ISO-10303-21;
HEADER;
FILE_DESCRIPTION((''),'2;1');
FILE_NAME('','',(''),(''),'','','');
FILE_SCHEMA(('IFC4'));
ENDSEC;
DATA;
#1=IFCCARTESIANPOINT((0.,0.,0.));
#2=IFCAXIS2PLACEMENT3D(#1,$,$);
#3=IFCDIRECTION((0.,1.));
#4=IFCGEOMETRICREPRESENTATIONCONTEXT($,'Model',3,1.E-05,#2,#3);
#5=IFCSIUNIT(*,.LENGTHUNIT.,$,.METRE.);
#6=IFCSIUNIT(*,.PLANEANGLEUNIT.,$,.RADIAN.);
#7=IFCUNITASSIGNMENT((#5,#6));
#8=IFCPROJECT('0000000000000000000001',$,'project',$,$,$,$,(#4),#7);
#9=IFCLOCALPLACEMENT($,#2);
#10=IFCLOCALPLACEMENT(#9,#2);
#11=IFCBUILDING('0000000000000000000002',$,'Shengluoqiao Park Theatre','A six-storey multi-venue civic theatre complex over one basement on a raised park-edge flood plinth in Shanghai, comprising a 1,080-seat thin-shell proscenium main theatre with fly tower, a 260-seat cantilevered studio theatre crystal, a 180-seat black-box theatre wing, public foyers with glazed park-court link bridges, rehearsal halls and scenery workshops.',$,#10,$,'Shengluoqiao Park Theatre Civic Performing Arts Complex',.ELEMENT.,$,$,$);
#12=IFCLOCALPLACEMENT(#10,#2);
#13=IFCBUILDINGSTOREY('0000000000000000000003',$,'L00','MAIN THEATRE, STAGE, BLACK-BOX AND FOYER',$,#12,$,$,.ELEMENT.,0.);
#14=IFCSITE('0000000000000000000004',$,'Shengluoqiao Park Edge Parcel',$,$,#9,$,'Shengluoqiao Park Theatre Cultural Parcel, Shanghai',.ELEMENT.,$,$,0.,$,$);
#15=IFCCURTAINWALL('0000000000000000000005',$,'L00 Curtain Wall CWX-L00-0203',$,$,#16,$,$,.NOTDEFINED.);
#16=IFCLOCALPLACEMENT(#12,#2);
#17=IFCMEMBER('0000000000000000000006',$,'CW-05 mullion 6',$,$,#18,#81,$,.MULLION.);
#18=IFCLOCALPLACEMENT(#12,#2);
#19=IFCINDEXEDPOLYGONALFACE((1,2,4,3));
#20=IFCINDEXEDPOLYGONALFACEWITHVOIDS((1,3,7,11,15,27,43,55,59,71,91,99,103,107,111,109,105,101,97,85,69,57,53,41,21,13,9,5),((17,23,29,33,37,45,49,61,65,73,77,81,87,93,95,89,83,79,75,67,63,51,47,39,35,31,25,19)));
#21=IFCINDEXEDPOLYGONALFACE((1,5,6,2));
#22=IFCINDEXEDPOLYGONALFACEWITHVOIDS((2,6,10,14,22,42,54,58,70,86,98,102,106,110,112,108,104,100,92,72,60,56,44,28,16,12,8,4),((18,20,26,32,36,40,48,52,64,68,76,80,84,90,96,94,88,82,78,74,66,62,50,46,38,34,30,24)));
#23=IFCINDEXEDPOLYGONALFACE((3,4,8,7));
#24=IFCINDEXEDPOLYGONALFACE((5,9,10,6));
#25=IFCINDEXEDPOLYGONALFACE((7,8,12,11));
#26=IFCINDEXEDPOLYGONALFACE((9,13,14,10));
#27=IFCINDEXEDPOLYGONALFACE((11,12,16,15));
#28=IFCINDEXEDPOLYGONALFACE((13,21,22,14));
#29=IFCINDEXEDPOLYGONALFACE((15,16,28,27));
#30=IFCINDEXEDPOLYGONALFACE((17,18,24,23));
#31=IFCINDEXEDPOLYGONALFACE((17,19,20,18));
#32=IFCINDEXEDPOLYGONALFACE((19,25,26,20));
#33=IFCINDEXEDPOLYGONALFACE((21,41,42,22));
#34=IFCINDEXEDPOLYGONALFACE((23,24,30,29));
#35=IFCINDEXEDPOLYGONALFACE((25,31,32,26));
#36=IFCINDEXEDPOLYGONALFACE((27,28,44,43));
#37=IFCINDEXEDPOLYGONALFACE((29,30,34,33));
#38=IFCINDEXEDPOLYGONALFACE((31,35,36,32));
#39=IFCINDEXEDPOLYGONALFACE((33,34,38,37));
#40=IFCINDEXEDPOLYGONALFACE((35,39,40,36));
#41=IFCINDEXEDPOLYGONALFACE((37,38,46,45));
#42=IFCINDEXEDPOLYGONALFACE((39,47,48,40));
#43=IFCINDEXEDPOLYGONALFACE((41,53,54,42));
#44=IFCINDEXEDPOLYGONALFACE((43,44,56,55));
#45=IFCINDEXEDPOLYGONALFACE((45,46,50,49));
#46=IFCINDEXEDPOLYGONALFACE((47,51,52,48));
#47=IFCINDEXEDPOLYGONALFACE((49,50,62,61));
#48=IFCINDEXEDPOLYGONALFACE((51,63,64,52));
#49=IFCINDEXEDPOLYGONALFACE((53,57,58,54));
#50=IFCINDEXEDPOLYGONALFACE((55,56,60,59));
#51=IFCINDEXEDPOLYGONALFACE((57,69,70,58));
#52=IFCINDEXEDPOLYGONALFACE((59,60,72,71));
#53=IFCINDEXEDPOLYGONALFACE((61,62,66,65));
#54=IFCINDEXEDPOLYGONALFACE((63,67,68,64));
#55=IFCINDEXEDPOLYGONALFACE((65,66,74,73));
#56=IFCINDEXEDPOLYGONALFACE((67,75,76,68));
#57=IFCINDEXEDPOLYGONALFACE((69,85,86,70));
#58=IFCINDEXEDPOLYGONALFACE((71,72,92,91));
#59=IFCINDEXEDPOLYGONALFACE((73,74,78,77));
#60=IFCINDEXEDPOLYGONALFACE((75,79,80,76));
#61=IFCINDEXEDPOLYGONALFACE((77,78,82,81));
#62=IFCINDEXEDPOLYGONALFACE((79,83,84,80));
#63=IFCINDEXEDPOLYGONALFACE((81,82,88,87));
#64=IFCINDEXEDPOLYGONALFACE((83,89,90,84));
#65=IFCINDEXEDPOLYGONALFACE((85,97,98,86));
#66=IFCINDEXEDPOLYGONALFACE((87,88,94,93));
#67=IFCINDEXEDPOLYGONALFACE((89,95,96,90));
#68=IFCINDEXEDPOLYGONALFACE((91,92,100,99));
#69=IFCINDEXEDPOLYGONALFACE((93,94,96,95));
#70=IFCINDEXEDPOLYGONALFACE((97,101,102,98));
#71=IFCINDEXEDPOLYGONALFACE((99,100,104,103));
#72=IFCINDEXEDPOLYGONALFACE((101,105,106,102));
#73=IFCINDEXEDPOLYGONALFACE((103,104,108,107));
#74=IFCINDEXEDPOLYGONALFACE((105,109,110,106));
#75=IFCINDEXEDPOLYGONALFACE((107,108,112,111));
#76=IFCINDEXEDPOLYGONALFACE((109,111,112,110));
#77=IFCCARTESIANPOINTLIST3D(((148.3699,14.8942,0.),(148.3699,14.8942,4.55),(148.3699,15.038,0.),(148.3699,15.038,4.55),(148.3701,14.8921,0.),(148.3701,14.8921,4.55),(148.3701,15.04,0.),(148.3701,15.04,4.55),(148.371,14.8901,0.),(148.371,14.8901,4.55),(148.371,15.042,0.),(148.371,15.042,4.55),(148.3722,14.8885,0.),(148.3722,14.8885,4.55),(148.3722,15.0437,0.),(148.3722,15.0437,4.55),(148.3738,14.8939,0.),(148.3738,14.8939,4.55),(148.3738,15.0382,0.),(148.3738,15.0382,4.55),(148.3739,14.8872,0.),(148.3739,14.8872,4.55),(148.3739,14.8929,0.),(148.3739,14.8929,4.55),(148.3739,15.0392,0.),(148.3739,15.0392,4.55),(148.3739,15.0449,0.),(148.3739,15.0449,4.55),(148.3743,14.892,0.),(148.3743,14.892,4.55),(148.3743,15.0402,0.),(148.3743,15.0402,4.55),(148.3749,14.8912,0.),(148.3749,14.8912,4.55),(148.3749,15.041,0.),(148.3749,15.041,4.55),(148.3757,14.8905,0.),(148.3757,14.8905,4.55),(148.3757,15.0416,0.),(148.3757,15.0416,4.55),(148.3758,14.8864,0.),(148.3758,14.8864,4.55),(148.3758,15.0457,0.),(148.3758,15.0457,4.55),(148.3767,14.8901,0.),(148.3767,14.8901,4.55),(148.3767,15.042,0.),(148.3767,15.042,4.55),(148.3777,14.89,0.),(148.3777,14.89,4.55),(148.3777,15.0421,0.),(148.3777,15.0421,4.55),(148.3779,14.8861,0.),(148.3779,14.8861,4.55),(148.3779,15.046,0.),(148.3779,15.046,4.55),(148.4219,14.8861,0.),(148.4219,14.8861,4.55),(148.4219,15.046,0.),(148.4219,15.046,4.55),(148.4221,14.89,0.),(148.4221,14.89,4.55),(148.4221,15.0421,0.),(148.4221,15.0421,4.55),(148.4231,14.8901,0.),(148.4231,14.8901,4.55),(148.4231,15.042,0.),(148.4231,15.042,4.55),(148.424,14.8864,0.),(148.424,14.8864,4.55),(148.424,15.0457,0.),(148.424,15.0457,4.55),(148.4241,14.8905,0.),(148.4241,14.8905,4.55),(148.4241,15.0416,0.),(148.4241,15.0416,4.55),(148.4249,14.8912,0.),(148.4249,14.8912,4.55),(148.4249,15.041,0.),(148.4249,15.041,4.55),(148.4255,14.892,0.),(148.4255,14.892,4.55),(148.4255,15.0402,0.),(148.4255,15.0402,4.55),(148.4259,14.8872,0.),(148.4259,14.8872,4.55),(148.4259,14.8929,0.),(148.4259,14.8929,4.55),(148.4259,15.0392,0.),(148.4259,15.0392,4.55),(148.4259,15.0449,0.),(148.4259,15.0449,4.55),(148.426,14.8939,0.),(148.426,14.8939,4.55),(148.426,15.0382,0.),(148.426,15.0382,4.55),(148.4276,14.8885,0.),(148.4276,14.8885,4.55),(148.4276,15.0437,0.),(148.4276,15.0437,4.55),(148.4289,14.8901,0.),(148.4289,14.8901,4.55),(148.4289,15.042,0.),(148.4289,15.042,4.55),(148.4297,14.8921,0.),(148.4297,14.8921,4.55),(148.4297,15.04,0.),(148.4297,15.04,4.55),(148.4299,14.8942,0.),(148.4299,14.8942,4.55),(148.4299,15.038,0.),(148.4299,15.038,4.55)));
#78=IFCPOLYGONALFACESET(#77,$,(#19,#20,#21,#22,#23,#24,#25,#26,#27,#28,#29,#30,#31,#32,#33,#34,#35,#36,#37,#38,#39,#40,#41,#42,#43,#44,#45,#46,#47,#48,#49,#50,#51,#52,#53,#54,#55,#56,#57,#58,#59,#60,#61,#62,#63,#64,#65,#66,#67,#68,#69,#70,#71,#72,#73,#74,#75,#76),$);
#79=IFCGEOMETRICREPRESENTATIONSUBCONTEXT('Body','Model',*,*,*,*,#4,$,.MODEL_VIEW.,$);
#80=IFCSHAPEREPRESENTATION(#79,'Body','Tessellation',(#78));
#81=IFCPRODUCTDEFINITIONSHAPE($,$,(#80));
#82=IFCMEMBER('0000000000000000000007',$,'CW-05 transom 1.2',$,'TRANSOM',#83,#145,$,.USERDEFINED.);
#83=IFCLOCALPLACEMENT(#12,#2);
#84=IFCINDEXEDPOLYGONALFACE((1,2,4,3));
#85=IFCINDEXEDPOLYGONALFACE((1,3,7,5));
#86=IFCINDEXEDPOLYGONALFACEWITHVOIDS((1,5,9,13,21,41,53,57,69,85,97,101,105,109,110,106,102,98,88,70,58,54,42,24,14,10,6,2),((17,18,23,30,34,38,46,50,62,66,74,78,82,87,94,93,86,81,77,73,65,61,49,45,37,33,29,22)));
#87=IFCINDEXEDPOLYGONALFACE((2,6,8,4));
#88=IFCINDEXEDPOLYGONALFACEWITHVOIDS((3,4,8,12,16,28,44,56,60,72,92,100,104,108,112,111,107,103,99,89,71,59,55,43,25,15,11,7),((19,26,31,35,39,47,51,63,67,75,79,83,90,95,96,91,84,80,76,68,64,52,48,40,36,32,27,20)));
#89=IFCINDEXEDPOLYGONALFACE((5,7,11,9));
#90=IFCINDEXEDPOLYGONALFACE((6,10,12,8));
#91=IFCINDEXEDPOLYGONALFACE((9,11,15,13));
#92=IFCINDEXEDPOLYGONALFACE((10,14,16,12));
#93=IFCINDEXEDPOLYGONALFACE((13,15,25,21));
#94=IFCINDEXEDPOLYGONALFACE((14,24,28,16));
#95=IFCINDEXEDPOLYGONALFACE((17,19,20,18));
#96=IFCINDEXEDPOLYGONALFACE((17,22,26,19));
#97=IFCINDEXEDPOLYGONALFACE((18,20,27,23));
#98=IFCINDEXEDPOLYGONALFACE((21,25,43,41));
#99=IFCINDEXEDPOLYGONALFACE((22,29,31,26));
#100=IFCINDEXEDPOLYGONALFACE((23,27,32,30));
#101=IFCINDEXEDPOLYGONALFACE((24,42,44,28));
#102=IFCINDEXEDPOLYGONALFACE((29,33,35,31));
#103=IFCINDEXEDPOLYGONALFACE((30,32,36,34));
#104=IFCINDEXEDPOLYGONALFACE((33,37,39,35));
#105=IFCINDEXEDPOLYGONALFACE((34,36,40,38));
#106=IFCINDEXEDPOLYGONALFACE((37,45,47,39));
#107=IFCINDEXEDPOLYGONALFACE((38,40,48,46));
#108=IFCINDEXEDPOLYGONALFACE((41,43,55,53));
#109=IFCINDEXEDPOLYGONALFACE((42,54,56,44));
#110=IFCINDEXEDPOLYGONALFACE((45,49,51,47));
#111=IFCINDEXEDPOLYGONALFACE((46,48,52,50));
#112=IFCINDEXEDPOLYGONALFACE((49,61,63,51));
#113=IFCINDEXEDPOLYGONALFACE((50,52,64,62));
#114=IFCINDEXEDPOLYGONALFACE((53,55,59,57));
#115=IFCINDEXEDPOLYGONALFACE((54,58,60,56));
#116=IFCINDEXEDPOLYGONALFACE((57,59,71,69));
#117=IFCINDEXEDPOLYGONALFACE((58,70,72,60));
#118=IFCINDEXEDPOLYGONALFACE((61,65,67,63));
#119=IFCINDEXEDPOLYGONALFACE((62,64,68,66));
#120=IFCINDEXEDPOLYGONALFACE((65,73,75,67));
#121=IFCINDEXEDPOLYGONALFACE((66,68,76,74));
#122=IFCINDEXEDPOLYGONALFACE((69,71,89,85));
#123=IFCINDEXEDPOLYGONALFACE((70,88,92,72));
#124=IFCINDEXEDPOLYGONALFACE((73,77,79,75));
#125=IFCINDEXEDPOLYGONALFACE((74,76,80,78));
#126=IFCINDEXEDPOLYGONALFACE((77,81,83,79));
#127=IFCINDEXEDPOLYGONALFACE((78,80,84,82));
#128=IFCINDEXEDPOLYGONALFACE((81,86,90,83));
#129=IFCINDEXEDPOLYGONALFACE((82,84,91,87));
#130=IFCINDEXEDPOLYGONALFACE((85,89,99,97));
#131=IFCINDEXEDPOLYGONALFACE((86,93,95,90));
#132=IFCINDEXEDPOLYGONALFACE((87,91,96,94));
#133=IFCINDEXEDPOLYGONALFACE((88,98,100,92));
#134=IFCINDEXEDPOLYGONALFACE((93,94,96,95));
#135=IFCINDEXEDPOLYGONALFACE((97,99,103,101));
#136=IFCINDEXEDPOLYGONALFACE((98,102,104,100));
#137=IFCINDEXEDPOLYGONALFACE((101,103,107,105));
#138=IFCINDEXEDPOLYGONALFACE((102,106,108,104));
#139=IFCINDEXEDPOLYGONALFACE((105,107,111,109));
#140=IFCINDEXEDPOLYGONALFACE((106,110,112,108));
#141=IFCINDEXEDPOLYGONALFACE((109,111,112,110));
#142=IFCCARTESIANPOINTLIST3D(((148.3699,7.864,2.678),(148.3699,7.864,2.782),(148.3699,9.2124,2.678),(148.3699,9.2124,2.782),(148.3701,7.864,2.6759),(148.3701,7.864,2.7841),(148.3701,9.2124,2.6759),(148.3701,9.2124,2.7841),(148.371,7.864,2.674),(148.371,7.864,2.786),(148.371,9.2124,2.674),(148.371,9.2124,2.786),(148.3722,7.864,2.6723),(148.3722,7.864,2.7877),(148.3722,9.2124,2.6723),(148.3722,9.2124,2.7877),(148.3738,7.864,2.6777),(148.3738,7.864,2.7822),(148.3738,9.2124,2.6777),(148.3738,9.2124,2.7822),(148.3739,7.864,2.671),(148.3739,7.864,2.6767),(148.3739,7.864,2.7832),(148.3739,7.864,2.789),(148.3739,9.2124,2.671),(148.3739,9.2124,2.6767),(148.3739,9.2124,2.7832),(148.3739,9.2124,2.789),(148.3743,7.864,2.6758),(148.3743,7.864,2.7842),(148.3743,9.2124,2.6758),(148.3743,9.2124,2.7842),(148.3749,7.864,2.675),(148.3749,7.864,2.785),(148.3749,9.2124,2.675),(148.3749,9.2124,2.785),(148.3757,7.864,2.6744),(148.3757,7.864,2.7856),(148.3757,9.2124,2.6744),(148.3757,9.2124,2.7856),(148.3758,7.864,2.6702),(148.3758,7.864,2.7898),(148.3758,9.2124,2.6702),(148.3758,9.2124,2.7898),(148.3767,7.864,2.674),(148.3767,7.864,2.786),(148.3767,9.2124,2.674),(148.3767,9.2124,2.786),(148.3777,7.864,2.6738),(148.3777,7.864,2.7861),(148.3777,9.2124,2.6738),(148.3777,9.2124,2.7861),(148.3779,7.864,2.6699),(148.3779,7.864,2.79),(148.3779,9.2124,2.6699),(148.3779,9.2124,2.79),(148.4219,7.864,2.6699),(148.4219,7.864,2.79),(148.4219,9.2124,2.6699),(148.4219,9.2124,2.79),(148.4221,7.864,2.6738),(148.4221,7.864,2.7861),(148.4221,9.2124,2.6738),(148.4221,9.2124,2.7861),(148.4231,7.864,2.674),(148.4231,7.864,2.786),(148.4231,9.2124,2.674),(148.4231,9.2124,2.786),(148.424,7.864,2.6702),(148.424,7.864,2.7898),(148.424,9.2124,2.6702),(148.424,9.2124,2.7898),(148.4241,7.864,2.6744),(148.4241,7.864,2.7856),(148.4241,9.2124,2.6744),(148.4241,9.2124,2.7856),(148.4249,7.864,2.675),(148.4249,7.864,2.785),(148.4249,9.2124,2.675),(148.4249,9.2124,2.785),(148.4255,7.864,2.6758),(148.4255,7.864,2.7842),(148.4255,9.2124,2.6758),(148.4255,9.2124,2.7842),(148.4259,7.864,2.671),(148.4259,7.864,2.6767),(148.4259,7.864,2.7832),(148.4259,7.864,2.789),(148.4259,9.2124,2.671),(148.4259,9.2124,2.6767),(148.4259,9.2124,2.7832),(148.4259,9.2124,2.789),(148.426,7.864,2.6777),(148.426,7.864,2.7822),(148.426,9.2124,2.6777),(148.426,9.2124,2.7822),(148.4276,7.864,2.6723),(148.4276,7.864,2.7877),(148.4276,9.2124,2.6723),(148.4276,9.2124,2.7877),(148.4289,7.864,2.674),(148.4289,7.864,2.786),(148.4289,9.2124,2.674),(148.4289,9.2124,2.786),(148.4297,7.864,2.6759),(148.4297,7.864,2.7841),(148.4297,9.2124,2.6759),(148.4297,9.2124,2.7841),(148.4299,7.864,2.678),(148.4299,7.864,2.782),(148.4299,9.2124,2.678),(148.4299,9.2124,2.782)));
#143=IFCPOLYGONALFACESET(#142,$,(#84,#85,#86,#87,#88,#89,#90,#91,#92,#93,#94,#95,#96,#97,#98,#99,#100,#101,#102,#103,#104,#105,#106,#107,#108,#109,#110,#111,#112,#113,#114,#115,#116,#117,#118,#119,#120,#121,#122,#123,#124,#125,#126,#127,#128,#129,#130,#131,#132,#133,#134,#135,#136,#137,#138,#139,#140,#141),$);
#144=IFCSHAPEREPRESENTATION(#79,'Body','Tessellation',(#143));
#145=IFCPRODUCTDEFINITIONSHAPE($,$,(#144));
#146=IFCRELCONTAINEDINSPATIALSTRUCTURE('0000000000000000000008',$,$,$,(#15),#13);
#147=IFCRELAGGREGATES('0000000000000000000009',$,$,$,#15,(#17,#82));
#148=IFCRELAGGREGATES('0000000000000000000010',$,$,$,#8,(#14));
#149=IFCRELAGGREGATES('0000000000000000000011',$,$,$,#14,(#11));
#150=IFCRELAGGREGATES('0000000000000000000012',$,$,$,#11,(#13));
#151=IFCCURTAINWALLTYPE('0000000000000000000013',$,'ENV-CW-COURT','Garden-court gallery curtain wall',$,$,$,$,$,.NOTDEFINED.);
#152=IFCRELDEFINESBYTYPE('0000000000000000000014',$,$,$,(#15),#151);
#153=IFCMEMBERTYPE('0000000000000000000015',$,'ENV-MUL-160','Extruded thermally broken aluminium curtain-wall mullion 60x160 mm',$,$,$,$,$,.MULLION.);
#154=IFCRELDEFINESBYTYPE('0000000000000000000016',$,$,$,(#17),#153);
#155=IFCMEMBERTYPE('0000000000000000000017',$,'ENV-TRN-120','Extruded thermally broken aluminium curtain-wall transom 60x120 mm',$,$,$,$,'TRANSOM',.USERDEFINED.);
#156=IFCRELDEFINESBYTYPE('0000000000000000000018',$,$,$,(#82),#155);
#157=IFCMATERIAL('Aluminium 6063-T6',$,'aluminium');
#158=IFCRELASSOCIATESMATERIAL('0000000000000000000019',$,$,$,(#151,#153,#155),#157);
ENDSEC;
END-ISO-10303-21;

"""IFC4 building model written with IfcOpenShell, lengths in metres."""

from ifc_helpers import new_model, si_unit, direction, frame, origin, origin_2d, place, context, subcontext, project, spatial, hollow_rectangle, extrude, material, material_profile, profile_set, type_object, element, aggregate, save


model = new_model("IFC4")

# Units and contexts
model_context = context("Model", 3, precision=1e-05, world=origin(), true_north=direction((0.0, 1.0)))
body_context = subcontext(model_context, "Body", "Model", "MODEL_VIEW")
ifc_project = project(units=[si_unit("LENGTHUNIT", "METRE"), si_unit("PLANEANGLEUNIT", "RADIAN")], contexts=[model_context])

# Site, building, storey
site_placement = place(None, origin())
site = spatial("IfcSite", under=ifc_project, at=site_placement, Name="Shengluoqiao Park Edge Parcel", LongName="Shengluoqiao Park Theatre Cultural Parcel, Shanghai", CompositionType="ELEMENT", RefElevation=0.0)
building_placement = place(site_placement, origin())
building = spatial("IfcBuilding", under=site, at=building_placement, Name="Shengluoqiao Park Theatre", Description="A six-storey multi-venue civic theatre complex over one basement on a raised park-edge flood plinth in Shanghai, comprising a 1,080-seat thin-shell proscenium main theatre with fly tower, a 260-seat cantilevered studio theatre crystal, a 180-seat black-box theatre wing, public foyers with glazed park-court link bridges, rehearsal halls and scenery workshops.", LongName="Shengluoqiao Park Theatre Civic Performing Arts Complex", CompositionType="ELEMENT")
storey_placement = place(building_placement, origin())
storey = spatial("IfcBuildingStorey", under=building, at=storey_placement, Name="L00", Description="MAIN THEATRE, STAGE, BLACK-BOX AND FOYER", CompositionType="ELEMENT", Elevation=0.0)

# Curtain wall, members
ifc_material_1 = material(Name="Aluminium 6063-T6", Category="aluminium")
curtain_wall_type = type_object("IfcCurtainWallType", Name="ENV-CW-COURT", Description="Garden-court gallery curtain wall", PredefinedType="NOTDEFINED", material=ifc_material_1)
curtain_wall_placement = place(storey_placement, origin())
curtain_wall = element("IfcCurtainWall", 1, at=curtain_wall_placement, inside=storey, type_object=curtain_wall_type, Name="L00 Curtain Wall CWX-L00-0203", PredefinedType="NOTDEFINED")
ifc_material_profile_1 = material_profile(ifc_material_1, hollow_rectangle(XDim=0.0601, YDim=0.1599, WallThickness=0.0039, InnerFilletRadius=0.0039, OuterFilletRadius=0.0081, at=origin_2d()), Name="ALU MULLION 160x60x4")
ifc_profile_set_1 = profile_set([ifc_material_profile_1], Name="Aluminium 6063-T6")
member_type_1 = type_object("IfcMemberType", Name="ENV-MUL-160", Description="Extruded thermally broken aluminium curtain-wall mullion 60x160 mm", PredefinedType="MULLION", material=ifc_profile_set_1)
member_1_placement = place(storey_placement, frame((148.3999, 14.9661, 0.0), z_axis=(0.0, 0.0, 1.0), x_axis=(-1.0, 0.0, 0.0)))
member_1 = element("IfcMember", 2, at=member_1_placement, type_object=member_type_1, Name="CW-05 mullion 6", PredefinedType="MULLION", context=body_context, shape_type="SweptSolid", body=[
    extrude(hollow_rectangle(XDim=0.0601, YDim=0.1599, WallThickness=0.0039, InnerFilletRadius=0.0039, OuterFilletRadius=0.0081, at=origin_2d()), origin(), (0.0, 0.0, 1.0), 4.55),
])
ifc_material_profile_2 = material_profile(ifc_material_1, hollow_rectangle(XDim=0.0601, YDim=0.1201, WallThickness=0.0039, InnerFilletRadius=0.0039, OuterFilletRadius=0.0081, at=origin_2d()), Name="ALU TRANSOM 120x60x4")
ifc_profile_set_2 = profile_set([ifc_material_profile_2], Name="Aluminium 6063-T6")
member_type_2 = type_object("IfcMemberType", Name="ENV-TRN-120", Description="Extruded thermally broken aluminium curtain-wall transom 60x120 mm", ElementType="TRANSOM", PredefinedType="USERDEFINED", material=ifc_profile_set_2)
member_2_placement = place(storey_placement, frame((148.3999, 7.864, 2.73), z_axis=(0.0, 1.0, 0.0), x_axis=(-1.0, 0.0, 0.0)))
member_2 = element("IfcMember", 3, at=member_2_placement, type_object=member_type_2, Name="CW-05 transom 1.2", ObjectType="TRANSOM", PredefinedType="USERDEFINED", context=body_context, shape_type="SweptSolid", body=[
    extrude(hollow_rectangle(XDim=0.0601, YDim=0.1201, WallThickness=0.0039, InnerFilletRadius=0.0039, OuterFilletRadius=0.0081, at=origin_2d()), origin(), (0.0, 0.0, 1.0), 1.3484),
])
aggregate(curtain_wall, [member_1, member_2])

save(model, "model.ifc")
